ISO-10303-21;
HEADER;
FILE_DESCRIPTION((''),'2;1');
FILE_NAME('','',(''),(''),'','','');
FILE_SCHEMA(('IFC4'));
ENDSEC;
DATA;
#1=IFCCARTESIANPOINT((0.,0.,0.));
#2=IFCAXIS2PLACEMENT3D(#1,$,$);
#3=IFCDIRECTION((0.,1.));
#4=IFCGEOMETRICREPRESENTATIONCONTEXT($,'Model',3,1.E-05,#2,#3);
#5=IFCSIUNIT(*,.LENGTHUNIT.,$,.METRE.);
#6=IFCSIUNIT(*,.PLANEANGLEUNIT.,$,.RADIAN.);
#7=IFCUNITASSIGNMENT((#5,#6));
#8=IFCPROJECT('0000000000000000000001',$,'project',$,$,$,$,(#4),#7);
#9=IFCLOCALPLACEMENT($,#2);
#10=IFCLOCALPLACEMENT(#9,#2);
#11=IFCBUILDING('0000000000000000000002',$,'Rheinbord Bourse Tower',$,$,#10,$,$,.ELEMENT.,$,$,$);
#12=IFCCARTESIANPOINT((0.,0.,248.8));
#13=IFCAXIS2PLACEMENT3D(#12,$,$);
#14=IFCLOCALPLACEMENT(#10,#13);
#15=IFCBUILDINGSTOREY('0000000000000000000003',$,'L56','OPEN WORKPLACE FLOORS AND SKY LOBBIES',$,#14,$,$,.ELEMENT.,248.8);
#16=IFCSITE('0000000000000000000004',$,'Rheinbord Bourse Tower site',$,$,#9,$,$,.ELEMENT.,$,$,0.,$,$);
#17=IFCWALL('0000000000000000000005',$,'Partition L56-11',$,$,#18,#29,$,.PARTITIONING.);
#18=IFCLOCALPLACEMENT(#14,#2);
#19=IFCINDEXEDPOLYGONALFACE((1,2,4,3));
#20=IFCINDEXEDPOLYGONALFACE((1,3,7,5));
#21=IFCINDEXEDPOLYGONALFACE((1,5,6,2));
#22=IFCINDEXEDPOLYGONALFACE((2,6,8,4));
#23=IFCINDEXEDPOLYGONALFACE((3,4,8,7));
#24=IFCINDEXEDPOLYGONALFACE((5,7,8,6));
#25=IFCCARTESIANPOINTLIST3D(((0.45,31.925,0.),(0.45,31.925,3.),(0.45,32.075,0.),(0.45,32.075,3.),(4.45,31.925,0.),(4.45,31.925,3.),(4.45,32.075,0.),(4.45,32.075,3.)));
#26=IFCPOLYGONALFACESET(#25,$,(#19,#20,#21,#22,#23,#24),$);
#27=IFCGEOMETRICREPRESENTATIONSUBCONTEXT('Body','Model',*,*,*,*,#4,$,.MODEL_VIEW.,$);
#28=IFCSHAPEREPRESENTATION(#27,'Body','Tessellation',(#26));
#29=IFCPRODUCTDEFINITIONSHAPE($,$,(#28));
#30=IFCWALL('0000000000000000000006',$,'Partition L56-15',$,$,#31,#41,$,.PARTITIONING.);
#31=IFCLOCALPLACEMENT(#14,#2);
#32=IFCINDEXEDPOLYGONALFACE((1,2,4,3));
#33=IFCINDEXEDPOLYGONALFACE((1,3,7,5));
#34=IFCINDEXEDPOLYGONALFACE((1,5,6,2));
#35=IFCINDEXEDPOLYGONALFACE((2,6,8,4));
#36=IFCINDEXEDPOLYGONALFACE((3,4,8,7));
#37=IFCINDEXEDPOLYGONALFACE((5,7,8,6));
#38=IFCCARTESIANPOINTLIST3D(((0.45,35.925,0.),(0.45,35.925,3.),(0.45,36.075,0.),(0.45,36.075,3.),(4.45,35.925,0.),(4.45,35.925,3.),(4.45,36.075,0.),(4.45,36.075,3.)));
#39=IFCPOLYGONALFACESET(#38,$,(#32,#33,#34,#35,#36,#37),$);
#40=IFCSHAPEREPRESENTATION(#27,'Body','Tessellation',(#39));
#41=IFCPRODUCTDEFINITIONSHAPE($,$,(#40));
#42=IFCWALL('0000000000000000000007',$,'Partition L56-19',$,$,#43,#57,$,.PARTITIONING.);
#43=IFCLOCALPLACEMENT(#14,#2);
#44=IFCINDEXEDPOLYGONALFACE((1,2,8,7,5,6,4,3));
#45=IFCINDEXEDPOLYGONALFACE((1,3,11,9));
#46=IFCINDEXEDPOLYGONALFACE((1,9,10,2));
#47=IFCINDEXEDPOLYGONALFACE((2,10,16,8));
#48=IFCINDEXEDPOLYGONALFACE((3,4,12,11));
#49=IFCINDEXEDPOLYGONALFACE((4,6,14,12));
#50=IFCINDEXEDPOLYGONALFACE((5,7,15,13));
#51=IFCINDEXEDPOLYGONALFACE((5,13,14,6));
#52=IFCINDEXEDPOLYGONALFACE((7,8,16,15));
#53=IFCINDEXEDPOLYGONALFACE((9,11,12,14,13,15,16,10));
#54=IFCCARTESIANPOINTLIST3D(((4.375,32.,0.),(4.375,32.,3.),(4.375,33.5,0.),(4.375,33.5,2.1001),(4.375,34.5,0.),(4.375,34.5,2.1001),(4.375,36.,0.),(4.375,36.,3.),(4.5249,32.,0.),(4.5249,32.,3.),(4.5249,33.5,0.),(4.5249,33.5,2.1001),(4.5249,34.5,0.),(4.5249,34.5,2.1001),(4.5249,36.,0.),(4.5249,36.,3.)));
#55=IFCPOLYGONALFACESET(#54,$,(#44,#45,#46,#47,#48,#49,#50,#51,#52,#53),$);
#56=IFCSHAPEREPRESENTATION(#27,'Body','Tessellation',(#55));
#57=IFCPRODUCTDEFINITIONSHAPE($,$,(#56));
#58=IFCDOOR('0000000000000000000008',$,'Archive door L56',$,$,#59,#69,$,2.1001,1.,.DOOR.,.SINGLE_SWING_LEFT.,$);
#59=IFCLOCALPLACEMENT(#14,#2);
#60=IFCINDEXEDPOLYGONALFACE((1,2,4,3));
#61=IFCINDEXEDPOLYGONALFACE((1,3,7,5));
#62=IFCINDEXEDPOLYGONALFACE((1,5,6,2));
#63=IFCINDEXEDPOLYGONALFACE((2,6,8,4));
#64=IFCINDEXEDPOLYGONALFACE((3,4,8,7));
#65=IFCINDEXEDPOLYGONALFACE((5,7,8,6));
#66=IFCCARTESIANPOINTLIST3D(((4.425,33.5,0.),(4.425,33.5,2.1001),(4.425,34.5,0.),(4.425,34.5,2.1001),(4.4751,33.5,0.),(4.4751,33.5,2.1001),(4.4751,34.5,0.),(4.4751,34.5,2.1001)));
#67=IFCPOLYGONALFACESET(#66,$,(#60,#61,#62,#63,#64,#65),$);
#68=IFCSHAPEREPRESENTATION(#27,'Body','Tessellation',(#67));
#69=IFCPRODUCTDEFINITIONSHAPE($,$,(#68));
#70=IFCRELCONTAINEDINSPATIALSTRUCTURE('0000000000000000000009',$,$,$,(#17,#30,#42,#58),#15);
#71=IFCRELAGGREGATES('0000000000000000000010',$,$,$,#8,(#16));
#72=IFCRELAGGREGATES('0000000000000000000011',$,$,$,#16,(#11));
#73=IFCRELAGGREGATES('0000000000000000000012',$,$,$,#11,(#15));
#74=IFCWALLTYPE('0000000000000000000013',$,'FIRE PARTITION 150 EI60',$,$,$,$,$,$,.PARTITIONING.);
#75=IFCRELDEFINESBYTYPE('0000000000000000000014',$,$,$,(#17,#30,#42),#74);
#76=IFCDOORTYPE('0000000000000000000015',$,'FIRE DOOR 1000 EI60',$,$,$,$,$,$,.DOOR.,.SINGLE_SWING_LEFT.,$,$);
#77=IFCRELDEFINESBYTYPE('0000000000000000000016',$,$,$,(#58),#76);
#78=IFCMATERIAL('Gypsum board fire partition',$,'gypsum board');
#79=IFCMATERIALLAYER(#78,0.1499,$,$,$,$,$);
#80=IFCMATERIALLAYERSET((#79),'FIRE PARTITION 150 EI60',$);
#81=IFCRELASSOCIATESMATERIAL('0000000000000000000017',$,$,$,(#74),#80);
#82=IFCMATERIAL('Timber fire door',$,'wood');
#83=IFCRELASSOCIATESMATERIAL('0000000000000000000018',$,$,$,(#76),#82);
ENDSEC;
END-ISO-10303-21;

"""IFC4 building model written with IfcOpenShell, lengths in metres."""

from ifc_helpers import new_model, si_unit, direction, frame, frame_2d, origin, place, context, subcontext, project, spatial, rectangle, extrude, material, layer, layer_set, type_object, element, fill, save


model = new_model("IFC4")

# Units and contexts
model_context = context("Model", 3, precision=1e-05, world=origin(), true_north=direction((0.0, 1.0)))
body_context = subcontext(model_context, "Body", "Model", "MODEL_VIEW")
ifc_project = project(units=[si_unit("LENGTHUNIT", "METRE"), si_unit("PLANEANGLEUNIT", "RADIAN")], contexts=[model_context])

# Site, building, storey
site_placement = place(None, origin())
site = spatial("IfcSite", under=ifc_project, at=site_placement, Name="Rheinbord Bourse Tower site", CompositionType="ELEMENT", RefElevation=0.0)
building_placement = place(site_placement, origin())
building = spatial("IfcBuilding", under=site, at=building_placement, Name="Rheinbord Bourse Tower", CompositionType="ELEMENT")
storey_placement = place(building_placement, frame((0.0, 0.0, 248.8)))
storey = spatial("IfcBuildingStorey", under=building, at=storey_placement, Name="L56", Description="OPEN WORKPLACE FLOORS AND SKY LOBBIES", CompositionType="ELEMENT", Elevation=248.8)

# Walls
ifc_material_1 = material(Name="Gypsum board fire partition", Category="gypsum board")
ifc_layer_1 = layer(ifc_material_1, 0.1499)
ifc_layer_set_1 = layer_set([ifc_layer_1], Name="FIRE PARTITION 150 EI60")
wall_type_1 = type_object("IfcWallType", Name="FIRE PARTITION 150 EI60", PredefinedType="PARTITIONING", material=ifc_layer_set_1)
for number, where, z_axis, x_axis, name in (
    (1, (0.45, 32.0, 0.0), (0.0, 0.0, 1.0), (1.0, 0.0, 0.0), "Partition L56-11"),
    (2, (0.45, 36.0, 0.0), (0.0, 0.0, 1.0), (1.0, 0.0, 0.0), "Partition L56-15"),
):
    element("IfcWall", number, at=place(storey_placement, frame(where, z_axis=z_axis, x_axis=x_axis)), inside=storey, type_object=wall_type_1, Name=name, PredefinedType="PARTITIONING", context=body_context, shape_type="SweptSolid", body=[
        extrude(rectangle(XDim=4.0, YDim=0.1499, at=frame_2d((2.0, 0.0))), origin(), (0.0, 0.0, 1.0), 3.0),
    ])

# Wall, opening, door
wall_1_placement = place(storey_placement, frame((4.45, 32.0, 0.0), z_axis=(0.0, 0.0, 1.0), x_axis=(0.0, 1.0, 0.0)))
wall_1 = element("IfcWall", 3, at=wall_1_placement, inside=storey, type_object=wall_type_1, Name="Partition L56-19", PredefinedType="PARTITIONING", context=body_context, shape_type="SweptSolid", body=[
    extrude(rectangle(XDim=4.0, YDim=0.1499, at=frame_2d((2.0, 0.0))), origin(), (0.0, 0.0, 1.0), 3.0),
])
opening_placement = place(wall_1_placement, frame((1.5, 0.0, 0.0)))
opening = element("IfcOpeningElement", 4, at=opening_placement, cuts=wall_1, PredefinedType="OPENING", context=body_context, shape_type="SweptSolid", body=[
    extrude(rectangle(XDim=1.0, YDim=2.1001, at=frame_2d((0.5, 1.05))), frame((0.0, 0.085, 0.0), z_axis=(0.0, -1.0, 0.0), x_axis=(1.0, 0.0, 0.0)), (0.0, 0.0, 1.0), 0.1699),
])
ifc_material_2 = material(Name="Timber fire door", Category="wood")
door_type = type_object("IfcDoorType", Name="FIRE DOOR 1000 EI60", OperationType="SINGLE_SWING_LEFT", PredefinedType="DOOR", material=ifc_material_2)
door_placement = place(opening_placement, origin())
door = element("IfcDoor", 5, at=door_placement, inside=storey, type_object=door_type, Name="Archive door L56", OperationType="SINGLE_SWING_LEFT", OverallHeight=2.1001, OverallWidth=1.0, PredefinedType="DOOR", context=body_context, shape_type="SweptSolid", body=[
    extrude(rectangle(XDim=1.0, YDim=2.1001, at=frame_2d((0.5, 1.05))), frame((0.0, 0.0249, 0.0), z_axis=(0.0, -1.0, 0.0), x_axis=(1.0, 0.0, 0.0)), (0.0, 0.0, 1.0), 0.05),
])
fill(opening, door)

save(model, "model.ifc")
